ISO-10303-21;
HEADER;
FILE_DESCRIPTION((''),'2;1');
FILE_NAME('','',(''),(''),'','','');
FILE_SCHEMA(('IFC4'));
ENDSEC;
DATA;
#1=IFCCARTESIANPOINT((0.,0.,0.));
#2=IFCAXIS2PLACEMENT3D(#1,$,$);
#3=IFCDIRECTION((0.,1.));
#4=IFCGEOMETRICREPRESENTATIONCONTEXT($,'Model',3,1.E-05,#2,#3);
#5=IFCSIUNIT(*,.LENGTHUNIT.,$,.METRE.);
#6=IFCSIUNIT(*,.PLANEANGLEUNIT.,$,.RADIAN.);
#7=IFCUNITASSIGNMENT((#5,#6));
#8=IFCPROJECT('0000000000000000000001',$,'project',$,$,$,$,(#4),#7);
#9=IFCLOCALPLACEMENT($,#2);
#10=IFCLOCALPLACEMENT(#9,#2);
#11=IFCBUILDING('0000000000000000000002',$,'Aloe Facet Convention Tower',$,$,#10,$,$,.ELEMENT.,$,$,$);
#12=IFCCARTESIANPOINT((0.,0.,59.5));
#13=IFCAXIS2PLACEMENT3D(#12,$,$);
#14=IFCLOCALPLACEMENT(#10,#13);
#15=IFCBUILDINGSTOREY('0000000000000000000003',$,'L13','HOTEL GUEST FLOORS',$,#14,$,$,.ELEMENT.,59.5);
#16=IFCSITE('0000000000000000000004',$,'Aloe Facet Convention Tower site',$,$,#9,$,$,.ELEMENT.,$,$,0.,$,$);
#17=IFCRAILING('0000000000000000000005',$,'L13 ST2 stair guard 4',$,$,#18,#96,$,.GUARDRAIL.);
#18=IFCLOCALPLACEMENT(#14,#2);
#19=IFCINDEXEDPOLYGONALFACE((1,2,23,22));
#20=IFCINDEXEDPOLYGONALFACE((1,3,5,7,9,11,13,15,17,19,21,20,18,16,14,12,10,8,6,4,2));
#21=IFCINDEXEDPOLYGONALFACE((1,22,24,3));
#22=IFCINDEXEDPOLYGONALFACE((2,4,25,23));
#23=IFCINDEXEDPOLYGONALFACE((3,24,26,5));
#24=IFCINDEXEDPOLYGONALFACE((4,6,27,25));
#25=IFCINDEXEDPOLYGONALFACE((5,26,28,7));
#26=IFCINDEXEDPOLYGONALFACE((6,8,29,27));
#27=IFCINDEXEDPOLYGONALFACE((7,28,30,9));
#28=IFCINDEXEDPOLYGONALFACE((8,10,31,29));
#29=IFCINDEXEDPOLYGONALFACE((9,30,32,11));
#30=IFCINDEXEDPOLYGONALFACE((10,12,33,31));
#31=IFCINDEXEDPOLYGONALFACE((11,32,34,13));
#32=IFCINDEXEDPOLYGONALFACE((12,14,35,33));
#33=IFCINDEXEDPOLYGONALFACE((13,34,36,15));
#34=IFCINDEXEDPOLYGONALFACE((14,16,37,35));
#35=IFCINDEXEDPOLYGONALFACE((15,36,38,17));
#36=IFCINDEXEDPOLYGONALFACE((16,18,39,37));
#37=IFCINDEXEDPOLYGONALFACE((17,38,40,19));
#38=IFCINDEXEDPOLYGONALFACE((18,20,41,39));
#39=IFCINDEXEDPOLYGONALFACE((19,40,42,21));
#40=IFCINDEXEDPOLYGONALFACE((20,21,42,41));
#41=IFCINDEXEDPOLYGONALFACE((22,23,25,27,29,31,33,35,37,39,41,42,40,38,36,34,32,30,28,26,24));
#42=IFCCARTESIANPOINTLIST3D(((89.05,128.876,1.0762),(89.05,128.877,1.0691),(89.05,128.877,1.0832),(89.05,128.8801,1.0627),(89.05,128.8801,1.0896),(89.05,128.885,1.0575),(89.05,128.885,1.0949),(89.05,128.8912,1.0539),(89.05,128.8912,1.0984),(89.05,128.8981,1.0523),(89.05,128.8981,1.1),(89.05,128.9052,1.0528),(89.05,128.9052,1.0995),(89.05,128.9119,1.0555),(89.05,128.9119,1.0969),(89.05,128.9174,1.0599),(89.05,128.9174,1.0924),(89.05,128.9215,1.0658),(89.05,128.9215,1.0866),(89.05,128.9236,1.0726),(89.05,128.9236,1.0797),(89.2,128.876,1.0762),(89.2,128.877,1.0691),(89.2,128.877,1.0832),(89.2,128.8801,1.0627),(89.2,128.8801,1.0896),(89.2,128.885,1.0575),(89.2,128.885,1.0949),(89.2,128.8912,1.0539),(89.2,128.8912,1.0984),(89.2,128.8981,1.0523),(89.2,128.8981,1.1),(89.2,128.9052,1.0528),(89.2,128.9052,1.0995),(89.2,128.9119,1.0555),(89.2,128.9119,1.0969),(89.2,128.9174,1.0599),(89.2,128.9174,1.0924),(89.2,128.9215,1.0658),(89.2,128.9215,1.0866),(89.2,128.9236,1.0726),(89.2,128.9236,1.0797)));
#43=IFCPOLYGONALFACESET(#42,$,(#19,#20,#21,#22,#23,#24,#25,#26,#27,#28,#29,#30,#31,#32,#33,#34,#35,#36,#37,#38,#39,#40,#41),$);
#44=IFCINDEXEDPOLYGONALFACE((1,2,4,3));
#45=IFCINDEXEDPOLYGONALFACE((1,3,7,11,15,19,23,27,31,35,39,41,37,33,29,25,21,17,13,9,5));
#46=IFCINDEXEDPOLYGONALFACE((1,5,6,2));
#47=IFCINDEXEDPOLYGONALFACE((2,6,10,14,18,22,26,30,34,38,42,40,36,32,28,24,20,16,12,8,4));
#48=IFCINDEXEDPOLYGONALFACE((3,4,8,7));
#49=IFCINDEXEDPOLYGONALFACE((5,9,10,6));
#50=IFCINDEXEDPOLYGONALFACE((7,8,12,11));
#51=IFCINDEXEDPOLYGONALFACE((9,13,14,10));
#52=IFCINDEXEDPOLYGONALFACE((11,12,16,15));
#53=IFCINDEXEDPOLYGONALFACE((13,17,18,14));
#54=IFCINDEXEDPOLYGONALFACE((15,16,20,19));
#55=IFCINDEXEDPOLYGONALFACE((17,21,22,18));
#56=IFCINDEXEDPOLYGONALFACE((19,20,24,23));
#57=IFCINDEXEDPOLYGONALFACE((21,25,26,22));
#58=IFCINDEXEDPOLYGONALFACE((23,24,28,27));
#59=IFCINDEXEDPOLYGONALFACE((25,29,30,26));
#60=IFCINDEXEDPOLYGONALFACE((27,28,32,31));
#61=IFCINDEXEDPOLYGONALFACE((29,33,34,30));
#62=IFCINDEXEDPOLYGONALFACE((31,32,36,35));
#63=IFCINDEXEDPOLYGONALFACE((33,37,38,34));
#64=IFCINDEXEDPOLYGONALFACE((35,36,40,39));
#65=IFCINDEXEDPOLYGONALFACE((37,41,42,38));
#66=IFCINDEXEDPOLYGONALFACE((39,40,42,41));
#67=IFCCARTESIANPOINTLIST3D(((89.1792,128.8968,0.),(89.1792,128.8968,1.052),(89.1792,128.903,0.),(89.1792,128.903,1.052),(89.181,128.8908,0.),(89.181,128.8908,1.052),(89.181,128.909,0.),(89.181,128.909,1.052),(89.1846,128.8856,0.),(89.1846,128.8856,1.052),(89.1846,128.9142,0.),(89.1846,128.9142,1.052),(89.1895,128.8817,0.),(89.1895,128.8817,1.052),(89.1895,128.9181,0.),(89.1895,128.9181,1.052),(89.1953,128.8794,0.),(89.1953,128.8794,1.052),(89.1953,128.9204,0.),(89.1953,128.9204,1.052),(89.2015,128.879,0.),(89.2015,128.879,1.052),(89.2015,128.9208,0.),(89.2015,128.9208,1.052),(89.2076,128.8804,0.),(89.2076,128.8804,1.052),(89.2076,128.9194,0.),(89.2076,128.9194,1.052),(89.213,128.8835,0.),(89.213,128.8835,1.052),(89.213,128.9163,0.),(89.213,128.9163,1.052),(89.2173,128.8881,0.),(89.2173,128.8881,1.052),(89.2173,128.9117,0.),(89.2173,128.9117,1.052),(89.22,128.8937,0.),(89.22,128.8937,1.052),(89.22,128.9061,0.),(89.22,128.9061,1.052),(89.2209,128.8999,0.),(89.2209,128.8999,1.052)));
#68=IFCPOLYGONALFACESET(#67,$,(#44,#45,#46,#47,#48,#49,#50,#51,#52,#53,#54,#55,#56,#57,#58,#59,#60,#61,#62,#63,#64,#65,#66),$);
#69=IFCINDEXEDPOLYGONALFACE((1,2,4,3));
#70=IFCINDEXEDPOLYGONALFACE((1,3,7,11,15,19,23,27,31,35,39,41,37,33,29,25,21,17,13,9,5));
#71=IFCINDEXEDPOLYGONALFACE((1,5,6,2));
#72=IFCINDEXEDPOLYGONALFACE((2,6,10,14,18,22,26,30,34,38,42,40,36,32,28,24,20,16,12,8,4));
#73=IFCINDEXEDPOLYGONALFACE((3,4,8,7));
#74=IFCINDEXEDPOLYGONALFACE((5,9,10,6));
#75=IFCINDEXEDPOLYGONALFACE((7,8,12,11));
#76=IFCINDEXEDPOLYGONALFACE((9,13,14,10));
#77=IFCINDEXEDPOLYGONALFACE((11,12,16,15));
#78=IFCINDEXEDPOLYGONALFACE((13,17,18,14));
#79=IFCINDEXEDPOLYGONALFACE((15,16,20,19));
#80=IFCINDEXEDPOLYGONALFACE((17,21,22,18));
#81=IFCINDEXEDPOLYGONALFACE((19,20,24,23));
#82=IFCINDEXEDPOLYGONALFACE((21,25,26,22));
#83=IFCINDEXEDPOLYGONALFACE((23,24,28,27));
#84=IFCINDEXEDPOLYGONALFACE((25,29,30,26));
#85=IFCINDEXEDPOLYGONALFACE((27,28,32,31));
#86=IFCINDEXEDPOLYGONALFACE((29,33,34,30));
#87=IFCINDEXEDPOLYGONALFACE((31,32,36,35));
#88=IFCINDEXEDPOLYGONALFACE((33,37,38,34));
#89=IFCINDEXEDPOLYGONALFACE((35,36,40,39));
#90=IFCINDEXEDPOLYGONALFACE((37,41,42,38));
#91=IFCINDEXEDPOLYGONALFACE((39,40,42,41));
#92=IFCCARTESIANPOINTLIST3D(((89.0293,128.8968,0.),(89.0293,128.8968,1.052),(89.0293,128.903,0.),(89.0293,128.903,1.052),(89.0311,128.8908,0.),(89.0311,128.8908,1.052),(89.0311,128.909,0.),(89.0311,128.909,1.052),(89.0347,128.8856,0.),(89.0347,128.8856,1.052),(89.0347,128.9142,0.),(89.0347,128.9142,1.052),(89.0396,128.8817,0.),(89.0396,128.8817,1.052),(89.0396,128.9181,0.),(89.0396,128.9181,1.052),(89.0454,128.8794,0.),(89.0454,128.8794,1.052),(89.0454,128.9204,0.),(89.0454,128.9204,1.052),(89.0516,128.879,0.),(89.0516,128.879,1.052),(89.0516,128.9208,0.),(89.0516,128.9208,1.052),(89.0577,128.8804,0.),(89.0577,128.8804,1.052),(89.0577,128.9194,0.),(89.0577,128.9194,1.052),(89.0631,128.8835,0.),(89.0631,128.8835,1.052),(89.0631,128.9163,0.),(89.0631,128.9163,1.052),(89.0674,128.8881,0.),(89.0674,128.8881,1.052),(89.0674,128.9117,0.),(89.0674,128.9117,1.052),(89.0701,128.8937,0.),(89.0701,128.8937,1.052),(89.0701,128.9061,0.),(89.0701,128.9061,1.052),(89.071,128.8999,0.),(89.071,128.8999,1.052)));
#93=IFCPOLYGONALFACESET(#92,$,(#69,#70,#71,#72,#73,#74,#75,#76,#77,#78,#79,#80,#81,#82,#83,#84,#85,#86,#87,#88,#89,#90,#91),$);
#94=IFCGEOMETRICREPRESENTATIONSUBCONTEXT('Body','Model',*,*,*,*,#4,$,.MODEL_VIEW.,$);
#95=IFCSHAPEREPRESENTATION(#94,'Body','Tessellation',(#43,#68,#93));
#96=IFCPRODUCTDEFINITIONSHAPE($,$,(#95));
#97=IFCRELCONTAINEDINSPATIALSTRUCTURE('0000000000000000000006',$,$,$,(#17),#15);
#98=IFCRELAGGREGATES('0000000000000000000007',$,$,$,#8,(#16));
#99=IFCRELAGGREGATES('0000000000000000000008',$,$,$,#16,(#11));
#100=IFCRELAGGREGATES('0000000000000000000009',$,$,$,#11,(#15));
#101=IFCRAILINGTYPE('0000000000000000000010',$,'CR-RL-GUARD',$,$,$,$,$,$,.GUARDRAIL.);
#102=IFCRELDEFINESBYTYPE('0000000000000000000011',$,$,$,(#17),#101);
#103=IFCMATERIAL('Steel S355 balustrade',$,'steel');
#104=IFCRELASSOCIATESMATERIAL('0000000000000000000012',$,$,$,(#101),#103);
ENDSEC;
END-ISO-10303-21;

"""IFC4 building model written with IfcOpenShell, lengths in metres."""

from ifc_helpers import new_model, si_unit, direction, frame, origin, origin_2d, place, context, subcontext, project, spatial, circle, extrude, material, type_object, element, save


model = new_model("IFC4")

# Units and contexts
model_context = context("Model", 3, precision=1e-05, world=origin(), true_north=direction((0.0, 1.0)))
body_context = subcontext(model_context, "Body", "Model", "MODEL_VIEW")
ifc_project = project(units=[si_unit("LENGTHUNIT", "METRE"), si_unit("PLANEANGLEUNIT", "RADIAN")], contexts=[model_context])

# Site, building, storey
site_placement = place(None, origin())
site = spatial("IfcSite", under=ifc_project, at=site_placement, Name="Aloe Facet Convention Tower site", CompositionType="ELEMENT", RefElevation=0.0)
building_placement = place(site_placement, origin())
building = spatial("IfcBuilding", under=site, at=building_placement, Name="Aloe Facet Convention Tower", CompositionType="ELEMENT")
storey_placement = place(building_placement, frame((0.0, 0.0, 59.5)))
storey = spatial("IfcBuildingStorey", under=building, at=storey_placement, Name="L13", Description="HOTEL GUEST FLOORS", CompositionType="ELEMENT", Elevation=59.5)

# Railing
ifc_material_1 = material(Name="Steel S355 balustrade", Category="steel")
railing_type_1 = type_object("IfcRailingType", Name="CR-RL-GUARD", PredefinedType="GUARDRAIL", material=ifc_material_1)
railing_1_placement = place(storey_placement, frame((89.2, 128.8999, 0.0)))
element("IfcRailing", 1, at=railing_1_placement, inside=storey, type_object=railing_type_1, Name="L13 ST2 stair guard 4", PredefinedType="GUARDRAIL", context=body_context, shape_type="SweptSolid", body=[
    extrude(circle(Radius=0.0239, at=origin_2d()), frame((0.0, 0.0, 1.0762), z_axis=(-1.0, 0.0, 0.0), x_axis=(0.0, -1.0, 0.0)), (0.0, 0.0, 1.0), 0.1499),
    extrude(circle(Radius=0.021, at=origin_2d()), origin(), (0.0, 0.0, 1.0), 1.052),
    extrude(circle(Radius=0.021, at=origin_2d()), frame((-0.1499, 0.0, 0.0)), (0.0, 0.0, 1.0), 1.052),
])

save(model, "model.ifc")
